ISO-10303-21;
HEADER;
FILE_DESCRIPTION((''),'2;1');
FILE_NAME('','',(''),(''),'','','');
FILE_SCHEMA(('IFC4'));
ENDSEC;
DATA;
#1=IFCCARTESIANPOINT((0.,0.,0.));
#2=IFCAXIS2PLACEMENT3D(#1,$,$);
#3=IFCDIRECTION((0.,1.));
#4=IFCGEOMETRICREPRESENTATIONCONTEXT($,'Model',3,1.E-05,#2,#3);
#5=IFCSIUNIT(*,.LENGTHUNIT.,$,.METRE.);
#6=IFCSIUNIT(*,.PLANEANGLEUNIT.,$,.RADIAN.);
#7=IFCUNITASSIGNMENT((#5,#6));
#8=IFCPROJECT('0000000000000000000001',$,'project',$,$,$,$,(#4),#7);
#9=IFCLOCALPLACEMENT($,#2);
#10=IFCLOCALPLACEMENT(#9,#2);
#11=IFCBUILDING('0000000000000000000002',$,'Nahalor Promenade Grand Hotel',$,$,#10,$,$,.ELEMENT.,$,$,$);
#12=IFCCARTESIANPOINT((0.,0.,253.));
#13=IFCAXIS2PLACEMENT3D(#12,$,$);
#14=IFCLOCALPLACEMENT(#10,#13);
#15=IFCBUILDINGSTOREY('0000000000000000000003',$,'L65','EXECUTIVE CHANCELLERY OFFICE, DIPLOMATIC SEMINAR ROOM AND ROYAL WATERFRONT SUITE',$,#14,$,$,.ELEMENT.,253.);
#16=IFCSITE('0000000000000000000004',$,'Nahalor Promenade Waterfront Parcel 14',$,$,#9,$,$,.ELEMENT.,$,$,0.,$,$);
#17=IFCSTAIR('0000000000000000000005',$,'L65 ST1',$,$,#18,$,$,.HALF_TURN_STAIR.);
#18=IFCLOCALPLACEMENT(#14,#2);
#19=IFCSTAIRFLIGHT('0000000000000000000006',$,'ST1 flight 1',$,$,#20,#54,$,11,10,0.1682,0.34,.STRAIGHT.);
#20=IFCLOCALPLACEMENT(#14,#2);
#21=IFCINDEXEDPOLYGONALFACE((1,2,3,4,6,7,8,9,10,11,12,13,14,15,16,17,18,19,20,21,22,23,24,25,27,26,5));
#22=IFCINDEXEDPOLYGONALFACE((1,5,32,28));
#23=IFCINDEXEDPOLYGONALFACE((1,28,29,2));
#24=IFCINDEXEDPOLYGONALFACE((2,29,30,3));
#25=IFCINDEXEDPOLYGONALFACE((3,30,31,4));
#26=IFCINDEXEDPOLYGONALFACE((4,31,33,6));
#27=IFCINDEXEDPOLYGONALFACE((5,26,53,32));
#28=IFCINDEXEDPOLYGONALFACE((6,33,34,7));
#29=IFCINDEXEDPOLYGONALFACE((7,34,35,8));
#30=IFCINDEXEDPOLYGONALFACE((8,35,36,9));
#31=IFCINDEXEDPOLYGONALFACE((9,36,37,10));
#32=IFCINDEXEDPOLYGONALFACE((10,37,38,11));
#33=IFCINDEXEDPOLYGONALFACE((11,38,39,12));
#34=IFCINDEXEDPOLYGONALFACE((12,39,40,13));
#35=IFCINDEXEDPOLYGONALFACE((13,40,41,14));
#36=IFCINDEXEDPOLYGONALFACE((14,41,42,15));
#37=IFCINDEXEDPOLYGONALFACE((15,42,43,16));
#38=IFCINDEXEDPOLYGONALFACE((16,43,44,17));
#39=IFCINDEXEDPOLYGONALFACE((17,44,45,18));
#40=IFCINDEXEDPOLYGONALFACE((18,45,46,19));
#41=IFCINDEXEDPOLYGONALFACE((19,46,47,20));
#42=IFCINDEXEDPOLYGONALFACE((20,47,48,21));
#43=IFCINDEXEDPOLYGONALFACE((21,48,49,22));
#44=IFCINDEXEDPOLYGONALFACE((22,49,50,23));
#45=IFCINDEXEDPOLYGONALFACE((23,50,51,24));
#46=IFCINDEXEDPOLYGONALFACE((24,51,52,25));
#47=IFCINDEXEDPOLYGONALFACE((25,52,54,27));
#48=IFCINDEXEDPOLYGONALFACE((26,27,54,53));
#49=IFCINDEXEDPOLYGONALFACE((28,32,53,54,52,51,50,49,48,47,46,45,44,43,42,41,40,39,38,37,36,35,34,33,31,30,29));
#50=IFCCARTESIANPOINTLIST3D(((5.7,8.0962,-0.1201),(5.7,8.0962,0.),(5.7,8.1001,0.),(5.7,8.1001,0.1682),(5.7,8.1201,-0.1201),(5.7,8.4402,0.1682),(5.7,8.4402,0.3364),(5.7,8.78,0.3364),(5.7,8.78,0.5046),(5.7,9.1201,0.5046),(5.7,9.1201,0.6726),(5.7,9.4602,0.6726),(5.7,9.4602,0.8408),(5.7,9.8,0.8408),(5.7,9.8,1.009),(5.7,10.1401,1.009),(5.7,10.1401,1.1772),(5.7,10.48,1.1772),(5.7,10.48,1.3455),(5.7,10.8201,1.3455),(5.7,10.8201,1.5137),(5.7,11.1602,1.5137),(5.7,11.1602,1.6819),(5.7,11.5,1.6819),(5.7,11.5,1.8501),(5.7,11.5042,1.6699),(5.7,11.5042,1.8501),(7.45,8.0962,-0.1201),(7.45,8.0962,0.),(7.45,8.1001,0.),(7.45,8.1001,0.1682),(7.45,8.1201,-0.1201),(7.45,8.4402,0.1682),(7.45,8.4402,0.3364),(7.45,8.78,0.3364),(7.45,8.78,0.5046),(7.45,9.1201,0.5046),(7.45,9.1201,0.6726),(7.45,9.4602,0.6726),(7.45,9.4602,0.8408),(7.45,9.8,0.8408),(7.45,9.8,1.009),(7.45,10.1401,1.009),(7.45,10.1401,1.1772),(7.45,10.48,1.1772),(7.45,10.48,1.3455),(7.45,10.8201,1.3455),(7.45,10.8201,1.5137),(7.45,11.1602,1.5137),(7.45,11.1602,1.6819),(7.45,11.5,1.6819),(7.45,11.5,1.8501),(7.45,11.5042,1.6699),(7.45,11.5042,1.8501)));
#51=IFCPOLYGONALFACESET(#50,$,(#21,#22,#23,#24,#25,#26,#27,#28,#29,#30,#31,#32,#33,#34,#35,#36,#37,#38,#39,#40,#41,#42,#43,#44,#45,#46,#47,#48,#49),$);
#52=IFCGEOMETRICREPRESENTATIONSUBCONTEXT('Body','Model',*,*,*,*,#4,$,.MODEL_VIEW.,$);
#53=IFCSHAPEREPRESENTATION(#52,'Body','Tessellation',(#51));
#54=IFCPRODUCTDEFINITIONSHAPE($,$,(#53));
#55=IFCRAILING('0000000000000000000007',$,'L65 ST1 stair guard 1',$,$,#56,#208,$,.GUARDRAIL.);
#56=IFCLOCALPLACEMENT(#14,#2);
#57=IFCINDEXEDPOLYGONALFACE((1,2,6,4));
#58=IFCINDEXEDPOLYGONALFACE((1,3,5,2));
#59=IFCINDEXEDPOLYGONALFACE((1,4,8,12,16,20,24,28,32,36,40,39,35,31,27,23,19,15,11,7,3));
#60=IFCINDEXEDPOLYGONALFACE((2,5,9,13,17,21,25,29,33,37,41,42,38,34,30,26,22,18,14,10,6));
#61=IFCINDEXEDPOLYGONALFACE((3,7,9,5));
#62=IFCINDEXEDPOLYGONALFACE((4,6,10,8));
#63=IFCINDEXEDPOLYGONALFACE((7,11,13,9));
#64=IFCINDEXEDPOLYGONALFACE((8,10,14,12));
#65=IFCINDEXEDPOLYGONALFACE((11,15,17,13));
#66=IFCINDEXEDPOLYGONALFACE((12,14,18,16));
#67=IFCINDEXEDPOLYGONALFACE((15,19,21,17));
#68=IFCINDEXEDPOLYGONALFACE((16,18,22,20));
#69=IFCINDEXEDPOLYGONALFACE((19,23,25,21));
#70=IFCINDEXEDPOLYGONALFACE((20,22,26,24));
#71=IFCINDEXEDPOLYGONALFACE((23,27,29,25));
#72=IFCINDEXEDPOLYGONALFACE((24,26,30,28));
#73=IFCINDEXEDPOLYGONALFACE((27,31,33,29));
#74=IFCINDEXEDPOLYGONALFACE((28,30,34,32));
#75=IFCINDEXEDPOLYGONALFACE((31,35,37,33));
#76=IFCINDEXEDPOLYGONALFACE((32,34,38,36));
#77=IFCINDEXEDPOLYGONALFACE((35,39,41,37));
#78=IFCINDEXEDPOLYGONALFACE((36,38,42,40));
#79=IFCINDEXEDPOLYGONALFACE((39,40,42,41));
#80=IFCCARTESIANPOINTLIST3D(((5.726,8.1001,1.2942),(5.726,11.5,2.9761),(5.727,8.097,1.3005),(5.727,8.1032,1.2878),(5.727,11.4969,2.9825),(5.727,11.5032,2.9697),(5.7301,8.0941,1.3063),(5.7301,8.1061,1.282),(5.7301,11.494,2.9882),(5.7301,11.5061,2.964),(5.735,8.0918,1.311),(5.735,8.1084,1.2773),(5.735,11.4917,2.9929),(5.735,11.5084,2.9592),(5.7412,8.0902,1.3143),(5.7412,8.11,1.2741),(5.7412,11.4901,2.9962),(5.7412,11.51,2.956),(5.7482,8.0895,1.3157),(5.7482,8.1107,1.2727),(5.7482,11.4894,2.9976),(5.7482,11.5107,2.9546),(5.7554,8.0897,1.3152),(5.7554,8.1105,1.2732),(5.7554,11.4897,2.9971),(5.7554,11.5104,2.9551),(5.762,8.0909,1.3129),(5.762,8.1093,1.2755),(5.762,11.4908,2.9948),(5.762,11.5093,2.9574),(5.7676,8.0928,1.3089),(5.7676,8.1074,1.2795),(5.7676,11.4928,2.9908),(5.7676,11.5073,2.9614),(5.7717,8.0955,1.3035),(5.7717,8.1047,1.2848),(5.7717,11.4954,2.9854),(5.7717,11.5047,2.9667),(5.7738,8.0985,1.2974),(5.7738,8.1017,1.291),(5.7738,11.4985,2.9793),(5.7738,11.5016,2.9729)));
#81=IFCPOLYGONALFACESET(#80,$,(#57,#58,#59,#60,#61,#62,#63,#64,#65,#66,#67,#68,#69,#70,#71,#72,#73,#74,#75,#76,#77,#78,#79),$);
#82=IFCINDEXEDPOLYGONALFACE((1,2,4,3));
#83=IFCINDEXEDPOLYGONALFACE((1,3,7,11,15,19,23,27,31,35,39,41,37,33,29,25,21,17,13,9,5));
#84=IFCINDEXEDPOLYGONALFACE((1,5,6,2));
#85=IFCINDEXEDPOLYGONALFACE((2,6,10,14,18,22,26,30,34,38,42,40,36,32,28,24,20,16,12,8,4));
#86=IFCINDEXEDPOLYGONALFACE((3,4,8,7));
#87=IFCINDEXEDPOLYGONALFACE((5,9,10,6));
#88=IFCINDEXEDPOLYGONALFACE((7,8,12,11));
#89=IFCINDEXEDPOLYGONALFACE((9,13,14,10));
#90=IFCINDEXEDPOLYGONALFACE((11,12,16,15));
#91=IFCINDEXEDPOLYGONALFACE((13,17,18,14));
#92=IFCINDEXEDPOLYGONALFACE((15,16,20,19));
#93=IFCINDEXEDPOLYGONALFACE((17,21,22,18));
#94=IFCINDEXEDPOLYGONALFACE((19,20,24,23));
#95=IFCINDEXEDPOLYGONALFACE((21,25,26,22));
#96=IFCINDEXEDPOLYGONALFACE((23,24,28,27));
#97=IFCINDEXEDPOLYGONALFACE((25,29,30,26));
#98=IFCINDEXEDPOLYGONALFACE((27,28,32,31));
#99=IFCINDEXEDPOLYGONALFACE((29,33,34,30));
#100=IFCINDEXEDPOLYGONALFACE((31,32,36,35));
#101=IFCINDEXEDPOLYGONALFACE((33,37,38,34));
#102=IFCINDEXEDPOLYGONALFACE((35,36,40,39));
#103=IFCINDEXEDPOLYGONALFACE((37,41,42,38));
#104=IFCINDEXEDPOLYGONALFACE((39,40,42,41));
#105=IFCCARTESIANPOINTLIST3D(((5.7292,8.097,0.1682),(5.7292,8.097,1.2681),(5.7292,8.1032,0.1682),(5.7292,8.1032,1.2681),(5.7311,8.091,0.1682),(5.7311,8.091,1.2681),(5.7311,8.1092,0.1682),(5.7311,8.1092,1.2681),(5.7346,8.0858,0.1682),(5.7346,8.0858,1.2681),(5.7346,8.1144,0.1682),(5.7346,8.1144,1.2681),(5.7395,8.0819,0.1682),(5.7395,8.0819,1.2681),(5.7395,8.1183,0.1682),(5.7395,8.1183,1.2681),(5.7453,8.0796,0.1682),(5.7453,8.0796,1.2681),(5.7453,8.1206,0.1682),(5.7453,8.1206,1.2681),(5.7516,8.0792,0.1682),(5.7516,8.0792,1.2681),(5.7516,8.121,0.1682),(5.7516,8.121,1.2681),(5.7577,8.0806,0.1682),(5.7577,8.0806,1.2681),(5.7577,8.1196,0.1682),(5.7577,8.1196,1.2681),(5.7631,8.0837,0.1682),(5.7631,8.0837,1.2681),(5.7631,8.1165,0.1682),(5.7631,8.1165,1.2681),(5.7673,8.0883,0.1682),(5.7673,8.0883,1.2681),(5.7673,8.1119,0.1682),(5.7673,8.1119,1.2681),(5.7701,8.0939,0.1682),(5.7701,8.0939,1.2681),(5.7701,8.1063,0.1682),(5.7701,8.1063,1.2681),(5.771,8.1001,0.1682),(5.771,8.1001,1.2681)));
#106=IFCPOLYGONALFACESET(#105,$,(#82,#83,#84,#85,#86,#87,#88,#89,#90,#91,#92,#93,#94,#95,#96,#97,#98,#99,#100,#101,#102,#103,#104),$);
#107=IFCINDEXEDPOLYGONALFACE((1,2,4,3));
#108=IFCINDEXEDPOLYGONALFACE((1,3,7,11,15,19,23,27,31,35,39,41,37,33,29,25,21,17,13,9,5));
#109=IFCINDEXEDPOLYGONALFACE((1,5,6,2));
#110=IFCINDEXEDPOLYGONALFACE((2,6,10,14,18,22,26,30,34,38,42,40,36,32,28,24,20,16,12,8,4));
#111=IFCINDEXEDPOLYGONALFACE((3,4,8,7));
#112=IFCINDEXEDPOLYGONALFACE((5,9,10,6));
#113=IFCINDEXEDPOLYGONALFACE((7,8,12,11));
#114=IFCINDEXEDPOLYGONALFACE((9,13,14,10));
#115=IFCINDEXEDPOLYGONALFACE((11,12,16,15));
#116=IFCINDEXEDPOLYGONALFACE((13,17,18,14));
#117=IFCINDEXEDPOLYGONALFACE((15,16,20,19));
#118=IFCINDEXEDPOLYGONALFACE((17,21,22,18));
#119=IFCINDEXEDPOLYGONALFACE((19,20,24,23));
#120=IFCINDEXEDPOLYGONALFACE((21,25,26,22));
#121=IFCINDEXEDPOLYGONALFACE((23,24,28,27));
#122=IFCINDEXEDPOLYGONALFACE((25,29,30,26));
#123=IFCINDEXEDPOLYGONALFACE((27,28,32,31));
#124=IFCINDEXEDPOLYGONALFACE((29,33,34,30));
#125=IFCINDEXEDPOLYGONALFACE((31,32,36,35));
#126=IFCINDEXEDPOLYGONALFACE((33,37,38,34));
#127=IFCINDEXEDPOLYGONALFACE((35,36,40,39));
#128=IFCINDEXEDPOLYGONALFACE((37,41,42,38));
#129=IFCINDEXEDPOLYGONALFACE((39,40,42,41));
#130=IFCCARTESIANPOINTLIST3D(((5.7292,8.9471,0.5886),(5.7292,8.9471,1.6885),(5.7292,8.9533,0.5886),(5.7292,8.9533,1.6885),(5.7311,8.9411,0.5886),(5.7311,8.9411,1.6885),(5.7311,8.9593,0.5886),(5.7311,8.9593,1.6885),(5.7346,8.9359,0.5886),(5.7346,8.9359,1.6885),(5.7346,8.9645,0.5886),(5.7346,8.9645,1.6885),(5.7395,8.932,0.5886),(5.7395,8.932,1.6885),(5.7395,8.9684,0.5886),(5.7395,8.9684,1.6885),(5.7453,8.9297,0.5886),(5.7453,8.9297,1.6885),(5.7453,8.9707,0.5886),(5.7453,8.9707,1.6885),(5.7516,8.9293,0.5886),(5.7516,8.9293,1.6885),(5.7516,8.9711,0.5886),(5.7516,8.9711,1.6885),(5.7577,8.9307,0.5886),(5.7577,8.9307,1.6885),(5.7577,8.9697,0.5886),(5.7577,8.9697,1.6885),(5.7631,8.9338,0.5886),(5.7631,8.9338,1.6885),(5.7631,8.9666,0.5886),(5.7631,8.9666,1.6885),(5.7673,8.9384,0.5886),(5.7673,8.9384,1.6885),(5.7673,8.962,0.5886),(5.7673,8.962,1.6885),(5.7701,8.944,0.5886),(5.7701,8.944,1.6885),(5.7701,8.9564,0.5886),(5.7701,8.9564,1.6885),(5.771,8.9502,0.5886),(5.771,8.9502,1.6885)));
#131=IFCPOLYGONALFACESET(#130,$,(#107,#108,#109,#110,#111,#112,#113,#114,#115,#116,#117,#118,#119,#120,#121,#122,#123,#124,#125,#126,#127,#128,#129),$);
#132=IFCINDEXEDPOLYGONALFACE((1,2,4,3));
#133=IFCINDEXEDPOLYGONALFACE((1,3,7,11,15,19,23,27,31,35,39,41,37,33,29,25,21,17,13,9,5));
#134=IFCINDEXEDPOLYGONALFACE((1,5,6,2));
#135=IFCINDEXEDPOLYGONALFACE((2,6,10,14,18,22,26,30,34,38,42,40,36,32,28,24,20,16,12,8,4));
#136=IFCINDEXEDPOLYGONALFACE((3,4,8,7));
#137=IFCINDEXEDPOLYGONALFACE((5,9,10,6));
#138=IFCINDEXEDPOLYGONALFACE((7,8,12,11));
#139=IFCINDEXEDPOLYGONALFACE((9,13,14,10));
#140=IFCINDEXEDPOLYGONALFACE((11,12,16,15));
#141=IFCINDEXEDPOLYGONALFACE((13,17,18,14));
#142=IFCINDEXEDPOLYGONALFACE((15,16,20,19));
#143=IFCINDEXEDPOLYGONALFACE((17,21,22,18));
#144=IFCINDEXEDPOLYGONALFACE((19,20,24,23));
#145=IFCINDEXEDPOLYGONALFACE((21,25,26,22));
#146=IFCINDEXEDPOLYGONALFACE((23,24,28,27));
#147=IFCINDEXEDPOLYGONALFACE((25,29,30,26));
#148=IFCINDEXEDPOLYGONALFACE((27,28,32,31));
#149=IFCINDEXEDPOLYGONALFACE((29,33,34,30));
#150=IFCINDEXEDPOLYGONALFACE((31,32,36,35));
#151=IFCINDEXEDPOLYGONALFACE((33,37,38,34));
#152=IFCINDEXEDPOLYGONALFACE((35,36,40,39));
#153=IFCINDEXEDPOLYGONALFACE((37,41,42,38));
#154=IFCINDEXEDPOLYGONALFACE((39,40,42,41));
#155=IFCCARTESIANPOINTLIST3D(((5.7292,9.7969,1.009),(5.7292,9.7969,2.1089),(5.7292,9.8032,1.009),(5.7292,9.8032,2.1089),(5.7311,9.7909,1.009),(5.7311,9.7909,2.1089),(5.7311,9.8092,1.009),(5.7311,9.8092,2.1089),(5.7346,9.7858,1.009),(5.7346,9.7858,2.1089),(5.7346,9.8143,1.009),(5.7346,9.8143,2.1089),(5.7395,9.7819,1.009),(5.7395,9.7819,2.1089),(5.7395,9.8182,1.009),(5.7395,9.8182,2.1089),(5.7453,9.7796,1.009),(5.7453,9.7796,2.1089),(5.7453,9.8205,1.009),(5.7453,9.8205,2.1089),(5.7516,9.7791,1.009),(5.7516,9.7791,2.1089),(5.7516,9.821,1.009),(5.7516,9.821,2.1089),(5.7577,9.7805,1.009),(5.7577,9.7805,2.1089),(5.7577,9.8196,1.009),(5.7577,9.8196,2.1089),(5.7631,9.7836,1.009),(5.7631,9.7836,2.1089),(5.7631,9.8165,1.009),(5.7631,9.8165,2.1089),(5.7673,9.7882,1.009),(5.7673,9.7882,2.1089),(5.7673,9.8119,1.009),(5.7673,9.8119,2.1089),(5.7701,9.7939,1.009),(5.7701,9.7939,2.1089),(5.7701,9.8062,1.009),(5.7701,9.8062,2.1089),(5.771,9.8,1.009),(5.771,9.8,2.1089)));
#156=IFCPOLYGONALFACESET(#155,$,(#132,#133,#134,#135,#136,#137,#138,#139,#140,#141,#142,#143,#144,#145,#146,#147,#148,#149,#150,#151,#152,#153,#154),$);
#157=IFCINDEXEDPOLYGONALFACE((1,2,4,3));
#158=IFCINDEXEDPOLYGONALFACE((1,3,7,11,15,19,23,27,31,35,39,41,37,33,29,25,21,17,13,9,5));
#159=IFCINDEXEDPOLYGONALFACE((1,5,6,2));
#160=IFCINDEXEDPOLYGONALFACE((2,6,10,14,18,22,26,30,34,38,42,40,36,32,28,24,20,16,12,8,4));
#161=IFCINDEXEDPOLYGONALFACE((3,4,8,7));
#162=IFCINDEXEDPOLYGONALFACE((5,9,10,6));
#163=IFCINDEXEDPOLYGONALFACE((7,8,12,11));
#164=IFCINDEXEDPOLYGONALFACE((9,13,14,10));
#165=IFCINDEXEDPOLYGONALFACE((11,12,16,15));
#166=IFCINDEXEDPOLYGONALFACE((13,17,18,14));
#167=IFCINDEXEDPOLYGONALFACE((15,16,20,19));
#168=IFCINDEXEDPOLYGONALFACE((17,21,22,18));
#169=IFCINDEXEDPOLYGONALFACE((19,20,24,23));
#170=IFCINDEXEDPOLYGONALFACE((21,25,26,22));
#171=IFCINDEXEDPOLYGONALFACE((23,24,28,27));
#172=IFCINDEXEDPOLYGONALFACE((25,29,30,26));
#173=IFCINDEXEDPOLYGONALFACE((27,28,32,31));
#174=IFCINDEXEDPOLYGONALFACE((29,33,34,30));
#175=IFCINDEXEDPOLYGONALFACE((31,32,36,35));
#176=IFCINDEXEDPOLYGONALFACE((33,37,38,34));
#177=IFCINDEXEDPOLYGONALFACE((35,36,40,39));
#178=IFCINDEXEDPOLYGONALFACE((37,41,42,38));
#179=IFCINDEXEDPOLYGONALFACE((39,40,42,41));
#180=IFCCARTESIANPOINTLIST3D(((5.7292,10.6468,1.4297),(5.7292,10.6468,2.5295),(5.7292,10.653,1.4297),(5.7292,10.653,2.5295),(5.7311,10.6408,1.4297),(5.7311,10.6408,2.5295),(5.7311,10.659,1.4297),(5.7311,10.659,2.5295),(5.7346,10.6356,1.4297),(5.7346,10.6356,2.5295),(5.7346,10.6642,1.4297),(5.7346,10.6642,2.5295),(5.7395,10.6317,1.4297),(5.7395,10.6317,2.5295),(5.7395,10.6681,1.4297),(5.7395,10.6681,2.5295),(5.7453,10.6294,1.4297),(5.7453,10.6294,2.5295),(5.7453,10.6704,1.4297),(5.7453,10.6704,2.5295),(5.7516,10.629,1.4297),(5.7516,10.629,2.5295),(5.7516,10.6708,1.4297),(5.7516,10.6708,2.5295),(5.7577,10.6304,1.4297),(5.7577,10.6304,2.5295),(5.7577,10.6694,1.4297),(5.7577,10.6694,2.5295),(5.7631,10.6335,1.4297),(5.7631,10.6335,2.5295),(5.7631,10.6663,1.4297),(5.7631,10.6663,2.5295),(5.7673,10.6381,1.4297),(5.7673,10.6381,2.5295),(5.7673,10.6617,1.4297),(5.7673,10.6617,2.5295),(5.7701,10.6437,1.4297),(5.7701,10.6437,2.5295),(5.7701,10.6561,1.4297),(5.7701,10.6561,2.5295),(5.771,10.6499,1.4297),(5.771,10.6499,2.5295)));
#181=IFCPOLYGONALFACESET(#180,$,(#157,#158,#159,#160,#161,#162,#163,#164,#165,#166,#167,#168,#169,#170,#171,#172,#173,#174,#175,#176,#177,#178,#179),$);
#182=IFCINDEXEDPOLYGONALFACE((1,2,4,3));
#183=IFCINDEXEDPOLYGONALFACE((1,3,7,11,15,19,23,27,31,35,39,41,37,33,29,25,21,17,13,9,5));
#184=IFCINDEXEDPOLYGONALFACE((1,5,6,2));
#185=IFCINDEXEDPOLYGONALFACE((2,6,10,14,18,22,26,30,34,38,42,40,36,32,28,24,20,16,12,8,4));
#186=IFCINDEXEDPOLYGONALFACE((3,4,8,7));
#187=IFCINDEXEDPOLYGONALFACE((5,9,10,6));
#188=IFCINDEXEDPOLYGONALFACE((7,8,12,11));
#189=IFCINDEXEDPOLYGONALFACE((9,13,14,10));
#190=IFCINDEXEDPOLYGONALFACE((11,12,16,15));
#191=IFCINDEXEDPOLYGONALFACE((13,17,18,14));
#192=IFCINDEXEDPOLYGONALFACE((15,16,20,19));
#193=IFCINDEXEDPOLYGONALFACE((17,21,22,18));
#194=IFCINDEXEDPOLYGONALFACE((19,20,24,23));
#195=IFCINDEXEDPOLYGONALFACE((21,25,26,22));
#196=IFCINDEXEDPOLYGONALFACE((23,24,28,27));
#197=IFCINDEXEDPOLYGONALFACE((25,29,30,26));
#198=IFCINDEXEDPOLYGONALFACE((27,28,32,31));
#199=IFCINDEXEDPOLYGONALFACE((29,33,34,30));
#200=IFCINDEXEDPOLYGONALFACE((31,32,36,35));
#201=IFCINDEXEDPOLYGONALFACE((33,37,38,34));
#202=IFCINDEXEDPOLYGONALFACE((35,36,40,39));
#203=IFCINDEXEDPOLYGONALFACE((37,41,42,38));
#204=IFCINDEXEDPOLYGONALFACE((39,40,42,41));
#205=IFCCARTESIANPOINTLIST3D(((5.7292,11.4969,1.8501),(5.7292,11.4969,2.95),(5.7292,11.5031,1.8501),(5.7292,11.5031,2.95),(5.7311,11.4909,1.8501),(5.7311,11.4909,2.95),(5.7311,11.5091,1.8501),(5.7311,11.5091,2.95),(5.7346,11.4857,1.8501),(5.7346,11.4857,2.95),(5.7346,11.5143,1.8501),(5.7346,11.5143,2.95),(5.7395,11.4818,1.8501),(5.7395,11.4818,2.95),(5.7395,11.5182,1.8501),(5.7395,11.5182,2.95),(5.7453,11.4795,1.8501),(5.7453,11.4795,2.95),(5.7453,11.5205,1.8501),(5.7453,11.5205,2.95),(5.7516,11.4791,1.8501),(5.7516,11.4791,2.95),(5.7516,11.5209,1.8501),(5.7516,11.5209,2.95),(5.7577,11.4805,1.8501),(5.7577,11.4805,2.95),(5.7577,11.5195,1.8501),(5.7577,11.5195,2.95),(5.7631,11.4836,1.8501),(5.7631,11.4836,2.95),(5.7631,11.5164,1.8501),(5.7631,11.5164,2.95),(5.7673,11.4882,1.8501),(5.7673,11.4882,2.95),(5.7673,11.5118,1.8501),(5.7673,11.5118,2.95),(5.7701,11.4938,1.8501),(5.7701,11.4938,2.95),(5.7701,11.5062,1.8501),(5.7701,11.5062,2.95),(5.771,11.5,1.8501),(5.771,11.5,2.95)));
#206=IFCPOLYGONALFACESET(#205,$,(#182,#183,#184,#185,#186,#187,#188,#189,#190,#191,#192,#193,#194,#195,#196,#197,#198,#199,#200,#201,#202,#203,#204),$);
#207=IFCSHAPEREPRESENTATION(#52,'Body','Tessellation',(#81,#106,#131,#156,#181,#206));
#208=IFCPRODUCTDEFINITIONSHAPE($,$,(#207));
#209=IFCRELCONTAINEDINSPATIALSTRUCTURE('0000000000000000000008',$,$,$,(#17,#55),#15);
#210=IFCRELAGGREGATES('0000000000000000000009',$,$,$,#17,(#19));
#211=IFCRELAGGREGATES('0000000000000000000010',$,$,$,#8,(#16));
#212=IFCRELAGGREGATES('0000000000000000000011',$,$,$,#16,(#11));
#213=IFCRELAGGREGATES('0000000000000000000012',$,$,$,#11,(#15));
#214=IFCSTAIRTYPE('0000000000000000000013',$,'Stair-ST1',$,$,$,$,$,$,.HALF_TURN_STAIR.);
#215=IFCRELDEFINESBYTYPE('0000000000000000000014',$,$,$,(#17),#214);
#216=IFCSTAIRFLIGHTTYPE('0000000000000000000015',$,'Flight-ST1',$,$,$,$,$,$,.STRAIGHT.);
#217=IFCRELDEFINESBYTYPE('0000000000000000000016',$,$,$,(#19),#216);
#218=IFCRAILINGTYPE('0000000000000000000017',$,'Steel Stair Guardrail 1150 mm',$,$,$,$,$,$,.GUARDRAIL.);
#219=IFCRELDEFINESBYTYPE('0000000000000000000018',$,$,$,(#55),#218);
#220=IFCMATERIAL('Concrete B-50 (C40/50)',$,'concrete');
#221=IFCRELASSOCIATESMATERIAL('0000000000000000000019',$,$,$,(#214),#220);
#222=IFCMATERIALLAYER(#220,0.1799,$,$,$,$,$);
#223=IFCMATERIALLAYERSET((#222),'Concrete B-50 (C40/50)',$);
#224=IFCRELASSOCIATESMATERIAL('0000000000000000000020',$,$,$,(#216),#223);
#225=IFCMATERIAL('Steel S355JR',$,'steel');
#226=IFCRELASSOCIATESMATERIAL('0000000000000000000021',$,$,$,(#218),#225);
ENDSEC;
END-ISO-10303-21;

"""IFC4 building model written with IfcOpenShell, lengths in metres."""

from ifc_helpers import new_model, si_unit, direction, frame, origin, origin_2d, place, context, subcontext, project, spatial, polyline, circle, outline, extrude, source, transform, mapped, material, layer, layer_set, type_object, element, aggregate, save


model = new_model("IFC4")

# Units and contexts
model_context = context("Model", 3, precision=1e-05, world=origin(), true_north=direction((0.0, 1.0)))
body_context = subcontext(model_context, "Body", "Model", "MODEL_VIEW")
ifc_project = project(units=[si_unit("LENGTHUNIT", "METRE"), si_unit("PLANEANGLEUNIT", "RADIAN")], contexts=[model_context])

# Site, building, storey
site_placement = place(None, origin())
site = spatial("IfcSite", under=ifc_project, at=site_placement, Name="Nahalor Promenade Waterfront Parcel 14", CompositionType="ELEMENT", RefElevation=0.0)
building_placement = place(site_placement, origin())
building = spatial("IfcBuilding", under=site, at=building_placement, Name="Nahalor Promenade Grand Hotel", CompositionType="ELEMENT")
storey_placement = place(building_placement, frame((0.0, 0.0, 253.0)))
storey = spatial("IfcBuildingStorey", under=building, at=storey_placement, Name="L65", Description="EXECUTIVE CHANCELLERY OFFICE, DIPLOMATIC SEMINAR ROOM AND ROYAL WATERFRONT SUITE", CompositionType="ELEMENT", Elevation=253.0)

# Shared definitions
ifc_material_1 = material(Name="Steel S355JR", Category="steel")

# Shared definitions
ifc_material_2 = material(Name="Concrete B-50 (C40/50)", Category="concrete")

# Stair, stair flight
stair_type = type_object("IfcStairType", Name="Stair-ST1", PredefinedType="HALF_TURN_STAIR", material=ifc_material_2)
stair_placement = place(storey_placement, origin())
stair = element("IfcStair", 1, at=stair_placement, inside=storey, type_object=stair_type, Name="L65 ST1", PredefinedType="HALF_TURN_STAIR")
ifc_layer_1 = layer(ifc_material_2, 0.1799)
ifc_layer_set_1 = layer_set([ifc_layer_1], Name="Concrete B-50 (C40/50)")
stair_flight_type = type_object("IfcStairFlightType", Name="Flight-ST1", PredefinedType="STRAIGHT", material=ifc_layer_set_1)
shared_shape_1 = source(origin(), body_context, "Body", "SweptSolid", [
    extrude(outline(polyline([(-0.0039, -0.1201), (-0.0039, 0.0), (0.0, 0.0), (0.0, 0.1682), (0.3401, 0.1682), (0.3401, 0.3364), (0.6799, 0.3364), (0.6799, 0.5046), (1.02, 0.5046), (1.02, 0.6726), (1.3601, 0.6726), (1.3601, 0.8408), (1.7, 0.8408), (1.7, 1.009), (2.04, 1.009), (2.04, 1.1772), (2.3799, 1.1772), (2.3799, 1.3455), (2.72, 1.3455), (2.72, 1.5137), (3.0601, 1.5137), (3.0601, 1.6819), (3.3999, 1.6819), (3.3999, 1.8501), (3.4041, 1.8501), (3.4041, 1.6699), (0.02, -0.1201), (-0.0039, -0.1201)])), frame((0.0, 0.875, 0.0), z_axis=(0.0, -1.0, 0.0), x_axis=(1.0, 0.0, 0.0)), (0.0, 0.0, 1.0), 1.75),
])
stair_flight_placement = place(storey_placement, frame((6.575, 8.1001, 0.0), z_axis=(0.0, 0.0, 1.0), x_axis=(0.0, 1.0, 0.0)))
stair_flight = element("IfcStairFlight", 2, at=stair_flight_placement, type_object=stair_flight_type, Name="ST1 flight 1", NumberOfRisers=11, NumberOfTreads=10, PredefinedType="STRAIGHT", RiserHeight=0.1682, TreadLength=0.34, context=body_context, shape_type="MappedRepresentation", body=[
    mapped(shared_shape_1, transform((0.0, 0.0, 0.0), scale=1.0)),
])
aggregate(stair, [stair_flight])

# Railing
railing_type_1 = type_object("IfcRailingType", Name="Steel Stair Guardrail 1150 mm", PredefinedType="GUARDRAIL", material=ifc_material_1)
railing_1_placement = place(storey_placement, frame((5.75, 8.1001, 0.1682)))
element("IfcRailing", 3, at=railing_1_placement, inside=storey, type_object=railing_type_1, Name="L65 ST1 stair guard 1", PredefinedType="GUARDRAIL", context=body_context, shape_type="SweptSolid", body=[
    extrude(circle(Radius=0.024, at=origin_2d()), frame((0.0, 0.0, 1.126), z_axis=(0.0, 0.896324, 0.443399), x_axis=(-1.0, 0.0, 0.0)), (0.0, 0.0, 1.0), 3.7932),
    extrude(circle(Radius=0.021, at=origin_2d()), origin(), (0.0, 0.0, 1.0), 1.0999),
    extrude(circle(Radius=0.021, at=origin_2d()), frame((0.0, 0.8501, 0.4204)), (0.0, 0.0, 1.0), 1.0999),
    extrude(circle(Radius=0.021, at=origin_2d()), frame((0.0, 1.7, 0.8408)), (0.0, 0.0, 1.0), 1.0999),
    extrude(circle(Radius=0.021, at=origin_2d()), frame((0.0, 2.5498, 1.2615)), (0.0, 0.0, 1.0), 1.0999),
    extrude(circle(Radius=0.021, at=origin_2d()), frame((0.0, 3.3999, 1.6819)), (0.0, 0.0, 1.0), 1.0999),
])

save(model, "model.ifc")
